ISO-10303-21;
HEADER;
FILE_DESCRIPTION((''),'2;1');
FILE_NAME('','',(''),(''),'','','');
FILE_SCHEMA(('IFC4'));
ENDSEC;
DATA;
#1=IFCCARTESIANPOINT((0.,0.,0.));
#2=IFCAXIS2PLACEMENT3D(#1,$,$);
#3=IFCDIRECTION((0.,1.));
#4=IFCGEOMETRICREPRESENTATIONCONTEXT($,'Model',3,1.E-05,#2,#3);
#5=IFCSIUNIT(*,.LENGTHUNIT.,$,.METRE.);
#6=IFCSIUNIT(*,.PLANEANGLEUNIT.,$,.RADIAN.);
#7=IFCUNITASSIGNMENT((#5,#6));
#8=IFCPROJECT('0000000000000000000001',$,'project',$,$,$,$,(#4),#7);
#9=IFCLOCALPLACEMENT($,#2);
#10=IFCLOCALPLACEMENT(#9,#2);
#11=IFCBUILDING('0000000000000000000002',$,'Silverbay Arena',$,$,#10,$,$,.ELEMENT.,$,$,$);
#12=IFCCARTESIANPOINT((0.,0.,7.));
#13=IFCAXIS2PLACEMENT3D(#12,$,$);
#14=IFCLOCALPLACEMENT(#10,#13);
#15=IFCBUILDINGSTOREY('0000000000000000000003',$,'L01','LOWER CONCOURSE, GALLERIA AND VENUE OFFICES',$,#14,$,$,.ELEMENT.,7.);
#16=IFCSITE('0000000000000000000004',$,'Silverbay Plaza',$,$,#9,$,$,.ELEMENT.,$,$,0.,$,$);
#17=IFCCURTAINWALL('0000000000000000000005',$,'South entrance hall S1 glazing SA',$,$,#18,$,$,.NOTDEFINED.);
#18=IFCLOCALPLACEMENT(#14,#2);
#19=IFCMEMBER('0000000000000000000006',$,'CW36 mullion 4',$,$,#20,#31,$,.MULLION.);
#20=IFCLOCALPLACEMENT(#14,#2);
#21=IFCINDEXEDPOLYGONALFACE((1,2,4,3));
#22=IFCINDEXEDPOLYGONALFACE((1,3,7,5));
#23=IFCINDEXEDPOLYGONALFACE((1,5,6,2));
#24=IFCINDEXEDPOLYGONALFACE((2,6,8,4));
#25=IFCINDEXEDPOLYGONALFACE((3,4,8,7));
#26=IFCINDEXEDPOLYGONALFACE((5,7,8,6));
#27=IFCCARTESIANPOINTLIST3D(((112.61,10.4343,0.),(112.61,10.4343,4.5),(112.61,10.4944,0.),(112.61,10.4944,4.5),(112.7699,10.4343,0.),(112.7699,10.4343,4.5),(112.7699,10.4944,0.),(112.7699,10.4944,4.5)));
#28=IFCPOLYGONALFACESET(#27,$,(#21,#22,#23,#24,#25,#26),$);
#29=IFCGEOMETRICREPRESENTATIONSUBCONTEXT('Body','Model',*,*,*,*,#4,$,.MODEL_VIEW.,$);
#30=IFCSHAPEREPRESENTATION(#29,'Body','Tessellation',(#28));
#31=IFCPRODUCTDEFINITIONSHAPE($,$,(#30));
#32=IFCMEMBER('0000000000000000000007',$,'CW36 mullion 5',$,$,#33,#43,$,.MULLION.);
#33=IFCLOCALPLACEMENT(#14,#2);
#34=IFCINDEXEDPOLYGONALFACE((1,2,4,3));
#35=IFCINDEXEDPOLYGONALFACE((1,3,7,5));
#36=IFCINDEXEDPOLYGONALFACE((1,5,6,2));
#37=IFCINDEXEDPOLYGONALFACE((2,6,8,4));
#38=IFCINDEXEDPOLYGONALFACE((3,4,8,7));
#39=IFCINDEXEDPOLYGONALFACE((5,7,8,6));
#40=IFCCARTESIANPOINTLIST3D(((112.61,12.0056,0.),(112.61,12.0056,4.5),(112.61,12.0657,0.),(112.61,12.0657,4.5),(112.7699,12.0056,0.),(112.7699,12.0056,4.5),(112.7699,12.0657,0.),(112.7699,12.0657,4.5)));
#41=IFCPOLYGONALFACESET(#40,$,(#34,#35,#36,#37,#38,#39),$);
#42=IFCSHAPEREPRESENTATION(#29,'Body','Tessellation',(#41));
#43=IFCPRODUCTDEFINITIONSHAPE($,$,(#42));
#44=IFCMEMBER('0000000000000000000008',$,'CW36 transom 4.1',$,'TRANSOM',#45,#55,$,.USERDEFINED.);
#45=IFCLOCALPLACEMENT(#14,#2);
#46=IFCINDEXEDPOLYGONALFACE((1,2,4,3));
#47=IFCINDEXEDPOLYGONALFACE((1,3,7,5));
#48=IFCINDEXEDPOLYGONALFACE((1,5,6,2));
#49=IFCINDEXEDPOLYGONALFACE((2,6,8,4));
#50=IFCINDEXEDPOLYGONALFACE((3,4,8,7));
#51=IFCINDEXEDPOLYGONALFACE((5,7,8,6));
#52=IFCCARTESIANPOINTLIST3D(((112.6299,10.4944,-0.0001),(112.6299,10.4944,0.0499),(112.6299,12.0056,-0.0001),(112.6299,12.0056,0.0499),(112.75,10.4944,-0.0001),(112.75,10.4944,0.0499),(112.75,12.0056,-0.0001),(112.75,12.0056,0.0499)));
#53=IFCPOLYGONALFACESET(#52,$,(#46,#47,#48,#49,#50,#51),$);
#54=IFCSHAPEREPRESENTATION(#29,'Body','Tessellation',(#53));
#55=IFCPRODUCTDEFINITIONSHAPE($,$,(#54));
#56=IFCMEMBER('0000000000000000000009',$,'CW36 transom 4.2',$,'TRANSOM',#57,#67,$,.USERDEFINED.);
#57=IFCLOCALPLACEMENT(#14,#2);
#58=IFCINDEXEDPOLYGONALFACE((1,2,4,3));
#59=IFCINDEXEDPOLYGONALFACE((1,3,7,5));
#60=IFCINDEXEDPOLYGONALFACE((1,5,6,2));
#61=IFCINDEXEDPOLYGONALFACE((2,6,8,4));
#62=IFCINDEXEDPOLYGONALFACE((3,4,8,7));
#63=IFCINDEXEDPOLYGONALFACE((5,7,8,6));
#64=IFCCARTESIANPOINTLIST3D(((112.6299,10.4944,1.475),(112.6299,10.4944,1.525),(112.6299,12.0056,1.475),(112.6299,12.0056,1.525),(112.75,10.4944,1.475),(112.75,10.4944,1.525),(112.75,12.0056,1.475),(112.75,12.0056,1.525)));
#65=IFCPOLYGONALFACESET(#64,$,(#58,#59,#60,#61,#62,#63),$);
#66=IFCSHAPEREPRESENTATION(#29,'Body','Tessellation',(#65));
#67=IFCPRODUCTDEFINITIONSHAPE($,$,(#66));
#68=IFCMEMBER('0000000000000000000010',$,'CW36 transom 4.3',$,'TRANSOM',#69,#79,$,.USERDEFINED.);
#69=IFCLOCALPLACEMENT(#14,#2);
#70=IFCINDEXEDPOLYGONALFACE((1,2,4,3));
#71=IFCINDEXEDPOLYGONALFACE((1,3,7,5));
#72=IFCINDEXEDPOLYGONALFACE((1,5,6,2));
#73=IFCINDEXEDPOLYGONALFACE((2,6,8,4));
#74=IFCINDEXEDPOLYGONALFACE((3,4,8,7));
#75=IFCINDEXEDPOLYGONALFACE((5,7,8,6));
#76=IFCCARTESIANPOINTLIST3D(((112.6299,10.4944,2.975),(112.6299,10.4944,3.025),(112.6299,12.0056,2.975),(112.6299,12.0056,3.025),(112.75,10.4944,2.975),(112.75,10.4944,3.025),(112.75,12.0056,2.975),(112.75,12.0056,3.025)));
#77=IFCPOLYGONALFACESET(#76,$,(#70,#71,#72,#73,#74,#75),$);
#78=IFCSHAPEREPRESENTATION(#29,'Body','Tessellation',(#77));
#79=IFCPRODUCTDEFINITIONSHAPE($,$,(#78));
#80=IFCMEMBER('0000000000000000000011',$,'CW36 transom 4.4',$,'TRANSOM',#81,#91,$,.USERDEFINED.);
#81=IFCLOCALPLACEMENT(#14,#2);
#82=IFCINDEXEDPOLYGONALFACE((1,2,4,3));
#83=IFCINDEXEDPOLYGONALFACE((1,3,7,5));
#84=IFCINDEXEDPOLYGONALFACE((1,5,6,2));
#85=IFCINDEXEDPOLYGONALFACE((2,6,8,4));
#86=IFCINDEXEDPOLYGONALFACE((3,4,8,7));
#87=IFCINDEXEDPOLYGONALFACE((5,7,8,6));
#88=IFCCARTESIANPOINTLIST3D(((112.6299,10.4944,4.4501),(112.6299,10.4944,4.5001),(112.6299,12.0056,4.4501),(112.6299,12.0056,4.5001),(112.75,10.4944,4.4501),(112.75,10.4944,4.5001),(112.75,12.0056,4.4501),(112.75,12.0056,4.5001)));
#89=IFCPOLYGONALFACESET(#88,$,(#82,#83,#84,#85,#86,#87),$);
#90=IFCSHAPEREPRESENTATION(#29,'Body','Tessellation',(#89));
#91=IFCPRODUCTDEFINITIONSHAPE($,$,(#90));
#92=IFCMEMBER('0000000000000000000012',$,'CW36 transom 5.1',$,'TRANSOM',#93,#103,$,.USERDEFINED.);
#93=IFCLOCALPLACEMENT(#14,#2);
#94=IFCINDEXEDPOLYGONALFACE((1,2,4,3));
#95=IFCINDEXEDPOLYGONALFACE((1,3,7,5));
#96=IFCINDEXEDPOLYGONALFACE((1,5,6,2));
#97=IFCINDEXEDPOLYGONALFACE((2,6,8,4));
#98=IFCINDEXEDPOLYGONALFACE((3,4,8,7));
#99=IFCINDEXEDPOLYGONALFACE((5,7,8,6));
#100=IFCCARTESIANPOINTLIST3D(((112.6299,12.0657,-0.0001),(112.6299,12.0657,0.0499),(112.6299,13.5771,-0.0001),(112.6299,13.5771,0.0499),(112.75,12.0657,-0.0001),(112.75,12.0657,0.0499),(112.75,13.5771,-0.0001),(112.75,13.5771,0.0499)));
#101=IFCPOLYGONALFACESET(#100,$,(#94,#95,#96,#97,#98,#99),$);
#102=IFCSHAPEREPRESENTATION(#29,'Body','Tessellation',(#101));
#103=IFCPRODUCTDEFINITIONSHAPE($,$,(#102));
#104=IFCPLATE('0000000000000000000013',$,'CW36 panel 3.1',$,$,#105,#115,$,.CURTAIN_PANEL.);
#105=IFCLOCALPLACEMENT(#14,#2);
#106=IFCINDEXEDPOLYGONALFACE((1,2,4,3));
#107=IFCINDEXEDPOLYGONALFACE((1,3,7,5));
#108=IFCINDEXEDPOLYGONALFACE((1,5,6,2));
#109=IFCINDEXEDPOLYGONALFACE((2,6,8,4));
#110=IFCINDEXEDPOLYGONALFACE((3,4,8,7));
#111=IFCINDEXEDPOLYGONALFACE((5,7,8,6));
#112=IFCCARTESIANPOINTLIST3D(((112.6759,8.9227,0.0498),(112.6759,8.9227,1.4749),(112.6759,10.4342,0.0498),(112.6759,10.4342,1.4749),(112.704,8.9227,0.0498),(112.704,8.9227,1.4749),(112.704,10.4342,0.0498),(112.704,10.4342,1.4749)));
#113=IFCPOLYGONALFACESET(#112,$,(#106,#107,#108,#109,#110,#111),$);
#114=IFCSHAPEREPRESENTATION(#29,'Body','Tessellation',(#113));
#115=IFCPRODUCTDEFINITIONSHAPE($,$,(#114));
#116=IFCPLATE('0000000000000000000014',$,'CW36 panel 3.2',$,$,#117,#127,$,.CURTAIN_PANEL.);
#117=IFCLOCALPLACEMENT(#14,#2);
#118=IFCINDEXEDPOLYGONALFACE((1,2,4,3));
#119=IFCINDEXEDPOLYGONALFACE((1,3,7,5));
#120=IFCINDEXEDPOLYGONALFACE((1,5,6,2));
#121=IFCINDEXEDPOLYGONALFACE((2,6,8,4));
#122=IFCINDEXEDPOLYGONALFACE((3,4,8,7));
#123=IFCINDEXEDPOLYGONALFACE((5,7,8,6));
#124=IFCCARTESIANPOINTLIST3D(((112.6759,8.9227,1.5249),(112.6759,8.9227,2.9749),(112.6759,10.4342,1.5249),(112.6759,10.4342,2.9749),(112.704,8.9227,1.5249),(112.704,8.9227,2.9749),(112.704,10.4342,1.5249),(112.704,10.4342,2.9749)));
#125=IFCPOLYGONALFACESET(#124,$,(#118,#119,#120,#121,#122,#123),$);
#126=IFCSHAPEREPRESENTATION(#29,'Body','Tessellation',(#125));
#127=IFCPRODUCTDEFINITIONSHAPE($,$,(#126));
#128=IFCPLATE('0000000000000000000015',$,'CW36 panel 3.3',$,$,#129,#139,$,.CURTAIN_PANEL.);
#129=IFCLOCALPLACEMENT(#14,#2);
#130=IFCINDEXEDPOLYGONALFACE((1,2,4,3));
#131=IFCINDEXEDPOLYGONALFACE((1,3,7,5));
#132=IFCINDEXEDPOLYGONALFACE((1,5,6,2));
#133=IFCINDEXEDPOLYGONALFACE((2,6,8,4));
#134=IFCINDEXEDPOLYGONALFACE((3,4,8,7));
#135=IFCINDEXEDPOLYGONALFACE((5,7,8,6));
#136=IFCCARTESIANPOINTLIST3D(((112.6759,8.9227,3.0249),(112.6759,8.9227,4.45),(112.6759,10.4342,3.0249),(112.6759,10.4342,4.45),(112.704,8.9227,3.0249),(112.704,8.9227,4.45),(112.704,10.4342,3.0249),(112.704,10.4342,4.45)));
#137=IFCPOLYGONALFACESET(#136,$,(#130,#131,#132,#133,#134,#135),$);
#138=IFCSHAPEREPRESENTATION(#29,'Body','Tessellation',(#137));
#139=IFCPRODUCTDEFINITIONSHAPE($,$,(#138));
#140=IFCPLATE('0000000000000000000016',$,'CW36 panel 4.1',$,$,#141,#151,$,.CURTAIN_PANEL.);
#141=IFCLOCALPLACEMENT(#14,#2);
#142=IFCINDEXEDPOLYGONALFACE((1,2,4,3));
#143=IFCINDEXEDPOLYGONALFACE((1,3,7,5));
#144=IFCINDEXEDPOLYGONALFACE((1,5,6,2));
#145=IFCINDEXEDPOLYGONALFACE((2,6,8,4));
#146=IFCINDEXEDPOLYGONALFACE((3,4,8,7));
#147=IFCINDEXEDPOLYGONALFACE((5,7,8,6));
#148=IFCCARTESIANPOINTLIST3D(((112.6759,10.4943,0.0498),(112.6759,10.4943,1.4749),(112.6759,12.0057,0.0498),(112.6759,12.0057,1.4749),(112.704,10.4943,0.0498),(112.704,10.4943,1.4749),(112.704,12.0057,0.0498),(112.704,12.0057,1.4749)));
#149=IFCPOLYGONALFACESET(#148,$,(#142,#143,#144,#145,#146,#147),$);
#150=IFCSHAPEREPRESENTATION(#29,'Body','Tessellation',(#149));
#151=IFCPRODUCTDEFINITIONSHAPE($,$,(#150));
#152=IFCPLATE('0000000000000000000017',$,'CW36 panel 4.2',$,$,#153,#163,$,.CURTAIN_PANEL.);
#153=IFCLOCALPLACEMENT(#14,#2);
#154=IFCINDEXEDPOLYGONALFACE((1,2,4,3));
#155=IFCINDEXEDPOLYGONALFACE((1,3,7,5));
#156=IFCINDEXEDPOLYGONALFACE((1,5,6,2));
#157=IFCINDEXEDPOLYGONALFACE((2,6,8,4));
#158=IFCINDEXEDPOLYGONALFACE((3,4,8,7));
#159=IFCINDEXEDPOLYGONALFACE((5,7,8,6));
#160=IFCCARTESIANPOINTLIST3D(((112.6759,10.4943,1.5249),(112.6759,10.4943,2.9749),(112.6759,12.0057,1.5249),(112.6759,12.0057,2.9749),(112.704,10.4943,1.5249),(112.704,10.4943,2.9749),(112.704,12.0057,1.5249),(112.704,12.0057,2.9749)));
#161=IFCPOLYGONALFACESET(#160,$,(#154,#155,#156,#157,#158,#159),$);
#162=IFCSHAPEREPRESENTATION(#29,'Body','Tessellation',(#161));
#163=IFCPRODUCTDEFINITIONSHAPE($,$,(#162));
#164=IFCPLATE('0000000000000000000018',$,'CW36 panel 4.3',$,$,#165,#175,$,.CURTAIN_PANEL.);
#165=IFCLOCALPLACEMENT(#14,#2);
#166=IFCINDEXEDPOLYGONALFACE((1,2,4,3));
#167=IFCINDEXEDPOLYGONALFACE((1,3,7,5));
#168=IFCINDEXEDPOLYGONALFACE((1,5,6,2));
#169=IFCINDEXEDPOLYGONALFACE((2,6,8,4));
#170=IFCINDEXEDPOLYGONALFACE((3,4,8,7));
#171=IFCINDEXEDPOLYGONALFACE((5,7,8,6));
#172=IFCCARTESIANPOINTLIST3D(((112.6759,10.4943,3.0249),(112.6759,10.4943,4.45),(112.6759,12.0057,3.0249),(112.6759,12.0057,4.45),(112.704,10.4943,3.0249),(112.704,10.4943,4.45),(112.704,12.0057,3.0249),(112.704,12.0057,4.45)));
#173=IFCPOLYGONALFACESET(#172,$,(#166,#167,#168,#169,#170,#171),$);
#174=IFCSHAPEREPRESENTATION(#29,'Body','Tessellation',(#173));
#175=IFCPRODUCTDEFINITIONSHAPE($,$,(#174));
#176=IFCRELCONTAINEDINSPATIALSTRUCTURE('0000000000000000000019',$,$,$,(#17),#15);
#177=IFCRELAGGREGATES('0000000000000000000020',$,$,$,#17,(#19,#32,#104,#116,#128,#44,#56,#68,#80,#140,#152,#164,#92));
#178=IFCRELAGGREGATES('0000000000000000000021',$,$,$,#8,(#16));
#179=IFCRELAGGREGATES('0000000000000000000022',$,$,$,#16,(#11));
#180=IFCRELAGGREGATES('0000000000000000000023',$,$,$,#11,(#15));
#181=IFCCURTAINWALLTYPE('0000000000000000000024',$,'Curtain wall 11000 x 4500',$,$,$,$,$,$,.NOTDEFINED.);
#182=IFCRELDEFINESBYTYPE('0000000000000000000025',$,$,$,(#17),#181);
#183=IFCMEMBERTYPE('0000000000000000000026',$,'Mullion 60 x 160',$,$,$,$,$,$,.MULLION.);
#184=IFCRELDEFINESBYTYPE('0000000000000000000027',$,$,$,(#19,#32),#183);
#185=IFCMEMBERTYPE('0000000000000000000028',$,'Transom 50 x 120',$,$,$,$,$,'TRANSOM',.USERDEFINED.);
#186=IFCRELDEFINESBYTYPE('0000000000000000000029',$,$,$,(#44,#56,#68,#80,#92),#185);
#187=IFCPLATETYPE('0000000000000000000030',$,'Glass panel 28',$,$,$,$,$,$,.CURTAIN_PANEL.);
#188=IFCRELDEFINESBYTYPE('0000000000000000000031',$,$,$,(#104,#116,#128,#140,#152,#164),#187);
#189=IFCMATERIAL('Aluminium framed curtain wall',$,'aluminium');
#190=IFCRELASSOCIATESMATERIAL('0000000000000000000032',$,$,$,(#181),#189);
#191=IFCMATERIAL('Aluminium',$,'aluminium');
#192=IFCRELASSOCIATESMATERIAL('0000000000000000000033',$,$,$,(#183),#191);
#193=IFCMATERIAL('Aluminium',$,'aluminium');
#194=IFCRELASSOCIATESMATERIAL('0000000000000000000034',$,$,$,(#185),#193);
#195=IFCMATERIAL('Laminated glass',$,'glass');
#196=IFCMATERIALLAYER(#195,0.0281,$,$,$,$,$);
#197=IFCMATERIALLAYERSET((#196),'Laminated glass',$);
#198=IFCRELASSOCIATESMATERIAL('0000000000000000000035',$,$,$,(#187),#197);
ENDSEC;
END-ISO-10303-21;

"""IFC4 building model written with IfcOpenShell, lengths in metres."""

from ifc_helpers import new_model, si_unit, direction, frame, origin, origin_2d, place, context, subcontext, project, spatial, rectangle, extrude, material, layer, layer_set, material_profile, profile_set, type_object, element, aggregate, save


model = new_model("IFC4")

# Units and contexts
model_context = context("Model", 3, precision=1e-05, world=origin(), true_north=direction((0.0, 1.0)))
body_context = subcontext(model_context, "Body", "Model", "MODEL_VIEW")
ifc_project = project(units=[si_unit("LENGTHUNIT", "METRE"), si_unit("PLANEANGLEUNIT", "RADIAN")], contexts=[model_context])

# Site, building, storey
site_placement = place(None, origin())
site = spatial("IfcSite", under=ifc_project, at=site_placement, Name="Silverbay Plaza", CompositionType="ELEMENT", RefElevation=0.0)
building_placement = place(site_placement, origin())
building = spatial("IfcBuilding", under=site, at=building_placement, Name="Silverbay Arena", CompositionType="ELEMENT")
storey_placement = place(building_placement, frame((0.0, 0.0, 7.0)))
storey = spatial("IfcBuildingStorey", under=building, at=storey_placement, Name="L01", Description="LOWER CONCOURSE, GALLERIA AND VENUE OFFICES", CompositionType="ELEMENT", Elevation=7.0)

# Curtain wall, members, plates
ifc_material_1 = material(Name="Aluminium framed curtain wall", Category="aluminium")
curtain_wall_type = type_object("IfcCurtainWallType", Name="Curtain wall 11000 x 4500", PredefinedType="NOTDEFINED", material=ifc_material_1)
curtain_wall_placement = place(storey_placement, origin())
curtain_wall = element("IfcCurtainWall", 1, at=curtain_wall_placement, inside=storey, type_object=curtain_wall_type, Name="South entrance hall S1 glazing SA", PredefinedType="NOTDEFINED")
ifc_material_2 = material(Name="Aluminium", Category="aluminium")
ifc_material_profile_1 = material_profile(ifc_material_2, rectangle(XDim=0.1599, YDim=0.0601, at=origin_2d()), Name="Mullion 60 x 160")
ifc_profile_set_1 = profile_set([ifc_material_profile_1], Name="Aluminium")
member_type_1 = type_object("IfcMemberType", Name="Mullion 60 x 160", PredefinedType="MULLION", material=ifc_profile_set_1)
member_1_placement = place(storey_placement, frame((112.6899, 10.4644, 0.0), z_axis=(0.0, 0.0, 1.0), x_axis=(-1.0, 0.0, 0.0)))
member_1 = element("IfcMember", 2, at=member_1_placement, type_object=member_type_1, Name="CW36 mullion 4", PredefinedType="MULLION", context=body_context, shape_type="SweptSolid", body=[
    extrude(rectangle(XDim=0.1599, YDim=0.0601, at=origin_2d()), origin(), (0.0, 0.0, 1.0), 4.5),
])
member_2_placement = place(storey_placement, frame((112.6899, 12.0356, 0.0), z_axis=(0.0, 0.0, 1.0), x_axis=(-1.0, 0.0, 0.0)))
member_2 = element("IfcMember", 3, at=member_2_placement, type_object=member_type_1, Name="CW36 mullion 5", PredefinedType="MULLION", context=body_context, shape_type="SweptSolid", body=[
    extrude(rectangle(XDim=0.1599, YDim=0.0601, at=origin_2d()), origin(), (0.0, 0.0, 1.0), 4.5),
])
ifc_material_3 = material(Name="Aluminium", Category="aluminium")
ifc_material_profile_2 = material_profile(ifc_material_3, rectangle(XDim=0.1201, YDim=0.05, at=origin_2d()), Name="Transom 50 x 120")
ifc_profile_set_2 = profile_set([ifc_material_profile_2], Name="Aluminium")
member_type_2 = type_object("IfcMemberType", Name="Transom 50 x 120", ElementType="TRANSOM", PredefinedType="USERDEFINED", material=ifc_profile_set_2)
member_3_placement = place(storey_placement, frame((112.6899, 10.4944, 0.0249), z_axis=(0.0, 1.0, 0.0), x_axis=(-1.0, 0.0, 0.0)))
member_3 = element("IfcMember", 4, at=member_3_placement, type_object=member_type_2, Name="CW36 transom 4.1", ObjectType="TRANSOM", PredefinedType="USERDEFINED", context=body_context, shape_type="SweptSolid", body=[
    extrude(rectangle(XDim=0.1201, YDim=0.05, at=origin_2d()), origin(), (0.0, 0.0, 1.0), 1.5112),
])
member_4_placement = place(storey_placement, frame((112.6899, 10.4944, 1.5), z_axis=(0.0, 1.0, 0.0), x_axis=(-1.0, 0.0, 0.0)))
member_4 = element("IfcMember", 5, at=member_4_placement, type_object=member_type_2, Name="CW36 transom 4.2", ObjectType="TRANSOM", PredefinedType="USERDEFINED", context=body_context, shape_type="SweptSolid", body=[
    extrude(rectangle(XDim=0.1201, YDim=0.05, at=origin_2d()), origin(), (0.0, 0.0, 1.0), 1.5112),
])
member_5_placement = place(storey_placement, frame((112.6899, 10.4944, 3.0), z_axis=(0.0, 1.0, 0.0), x_axis=(-1.0, 0.0, 0.0)))
member_5 = element("IfcMember", 6, at=member_5_placement, type_object=member_type_2, Name="CW36 transom 4.3", ObjectType="TRANSOM", PredefinedType="USERDEFINED", context=body_context, shape_type="SweptSolid", body=[
    extrude(rectangle(XDim=0.1201, YDim=0.05, at=origin_2d()), origin(), (0.0, 0.0, 1.0), 1.5112),
])
member_6_placement = place(storey_placement, frame((112.6899, 10.4944, 4.4751), z_axis=(0.0, 1.0, 0.0), x_axis=(-1.0, 0.0, 0.0)))
member_6 = element("IfcMember", 7, at=member_6_placement, type_object=member_type_2, Name="CW36 transom 4.4", ObjectType="TRANSOM", PredefinedType="USERDEFINED", context=body_context, shape_type="SweptSolid", body=[
    extrude(rectangle(XDim=0.1201, YDim=0.05, at=origin_2d()), origin(), (0.0, 0.0, 1.0), 1.5112),
])
member_7_placement = place(storey_placement, frame((112.6899, 12.0657, 0.0249), z_axis=(0.0, 1.0, 0.0), x_axis=(-1.0, 0.0, 0.0)))
member_7 = element("IfcMember", 8, at=member_7_placement, type_object=member_type_2, Name="CW36 transom 5.1", ObjectType="TRANSOM", PredefinedType="USERDEFINED", context=body_context, shape_type="SweptSolid", body=[
    extrude(rectangle(XDim=0.1201, YDim=0.05, at=origin_2d()), origin(), (0.0, 0.0, 1.0), 1.5115),
])
ifc_material_4 = material(Name="Laminated glass", Category="glass")
ifc_layer = layer(ifc_material_4, 0.0281)
ifc_layer_set = layer_set([ifc_layer], Name="Laminated glass")
plate_type = type_object("IfcPlateType", Name="Glass panel 28", PredefinedType="CURTAIN_PANEL", material=ifc_layer_set)
plate_1_placement = place(storey_placement, frame((112.6899, 9.6785, 0.0498), z_axis=(0.0, 0.0, 1.0), x_axis=(0.0, 1.0, 0.0)))
plate_1 = element("IfcPlate", 9, at=plate_1_placement, type_object=plate_type, Name="CW36 panel 3.1", PredefinedType="CURTAIN_PANEL", context=body_context, shape_type="SweptSolid", body=[
    extrude(rectangle(XDim=1.5115, YDim=0.0281, at=origin_2d()), origin(), (0.0, 0.0, 1.0), 1.425),
])
plate_2_placement = place(storey_placement, frame((112.6899, 9.6785, 1.5249), z_axis=(0.0, 0.0, 1.0), x_axis=(0.0, 1.0, 0.0)))
plate_2 = element("IfcPlate", 10, at=plate_2_placement, type_object=plate_type, Name="CW36 panel 3.2", PredefinedType="CURTAIN_PANEL", context=body_context, shape_type="SweptSolid", body=[
    extrude(rectangle(XDim=1.5115, YDim=0.0281, at=origin_2d()), origin(), (0.0, 0.0, 1.0), 1.45),
])
plate_3_placement = place(storey_placement, frame((112.6899, 9.6785, 3.0249), z_axis=(0.0, 0.0, 1.0), x_axis=(0.0, 1.0, 0.0)))
plate_3 = element("IfcPlate", 11, at=plate_3_placement, type_object=plate_type, Name="CW36 panel 3.3", PredefinedType="CURTAIN_PANEL", context=body_context, shape_type="SweptSolid", body=[
    extrude(rectangle(XDim=1.5115, YDim=0.0281, at=origin_2d()), origin(), (0.0, 0.0, 1.0), 1.425),
])
plate_4_placement = place(storey_placement, frame((112.6899, 11.25, 0.0498), z_axis=(0.0, 0.0, 1.0), x_axis=(0.0, 1.0, 0.0)))
plate_4 = element("IfcPlate", 12, at=plate_4_placement, type_object=plate_type, Name="CW36 panel 4.1", PredefinedType="CURTAIN_PANEL", context=body_context, shape_type="SweptSolid", body=[
    extrude(rectangle(XDim=1.5115, YDim=0.0281, at=origin_2d()), origin(), (0.0, 0.0, 1.0), 1.425),
])
plate_5_placement = place(storey_placement, frame((112.6899, 11.25, 1.5249), z_axis=(0.0, 0.0, 1.0), x_axis=(0.0, 1.0, 0.0)))
plate_5 = element("IfcPlate", 13, at=plate_5_placement, type_object=plate_type, Name="CW36 panel 4.2", PredefinedType="CURTAIN_PANEL", context=body_context, shape_type="SweptSolid", body=[
    extrude(rectangle(XDim=1.5115, YDim=0.0281, at=origin_2d()), origin(), (0.0, 0.0, 1.0), 1.45),
])
plate_6_placement = place(storey_placement, frame((112.6899, 11.25, 3.0249), z_axis=(0.0, 0.0, 1.0), x_axis=(0.0, 1.0, 0.0)))
plate_6 = element("IfcPlate", 14, at=plate_6_placement, type_object=plate_type, Name="CW36 panel 4.3", PredefinedType="CURTAIN_PANEL", context=body_context, shape_type="SweptSolid", body=[
    extrude(rectangle(XDim=1.5115, YDim=0.0281, at=origin_2d()), origin(), (0.0, 0.0, 1.0), 1.425),
])
aggregate(curtain_wall, [member_1, member_2, plate_1, plate_2, plate_3, member_3, member_4, member_5, member_6, plate_4, plate_5, plate_6, member_7])

save(model, "model.ifc")
